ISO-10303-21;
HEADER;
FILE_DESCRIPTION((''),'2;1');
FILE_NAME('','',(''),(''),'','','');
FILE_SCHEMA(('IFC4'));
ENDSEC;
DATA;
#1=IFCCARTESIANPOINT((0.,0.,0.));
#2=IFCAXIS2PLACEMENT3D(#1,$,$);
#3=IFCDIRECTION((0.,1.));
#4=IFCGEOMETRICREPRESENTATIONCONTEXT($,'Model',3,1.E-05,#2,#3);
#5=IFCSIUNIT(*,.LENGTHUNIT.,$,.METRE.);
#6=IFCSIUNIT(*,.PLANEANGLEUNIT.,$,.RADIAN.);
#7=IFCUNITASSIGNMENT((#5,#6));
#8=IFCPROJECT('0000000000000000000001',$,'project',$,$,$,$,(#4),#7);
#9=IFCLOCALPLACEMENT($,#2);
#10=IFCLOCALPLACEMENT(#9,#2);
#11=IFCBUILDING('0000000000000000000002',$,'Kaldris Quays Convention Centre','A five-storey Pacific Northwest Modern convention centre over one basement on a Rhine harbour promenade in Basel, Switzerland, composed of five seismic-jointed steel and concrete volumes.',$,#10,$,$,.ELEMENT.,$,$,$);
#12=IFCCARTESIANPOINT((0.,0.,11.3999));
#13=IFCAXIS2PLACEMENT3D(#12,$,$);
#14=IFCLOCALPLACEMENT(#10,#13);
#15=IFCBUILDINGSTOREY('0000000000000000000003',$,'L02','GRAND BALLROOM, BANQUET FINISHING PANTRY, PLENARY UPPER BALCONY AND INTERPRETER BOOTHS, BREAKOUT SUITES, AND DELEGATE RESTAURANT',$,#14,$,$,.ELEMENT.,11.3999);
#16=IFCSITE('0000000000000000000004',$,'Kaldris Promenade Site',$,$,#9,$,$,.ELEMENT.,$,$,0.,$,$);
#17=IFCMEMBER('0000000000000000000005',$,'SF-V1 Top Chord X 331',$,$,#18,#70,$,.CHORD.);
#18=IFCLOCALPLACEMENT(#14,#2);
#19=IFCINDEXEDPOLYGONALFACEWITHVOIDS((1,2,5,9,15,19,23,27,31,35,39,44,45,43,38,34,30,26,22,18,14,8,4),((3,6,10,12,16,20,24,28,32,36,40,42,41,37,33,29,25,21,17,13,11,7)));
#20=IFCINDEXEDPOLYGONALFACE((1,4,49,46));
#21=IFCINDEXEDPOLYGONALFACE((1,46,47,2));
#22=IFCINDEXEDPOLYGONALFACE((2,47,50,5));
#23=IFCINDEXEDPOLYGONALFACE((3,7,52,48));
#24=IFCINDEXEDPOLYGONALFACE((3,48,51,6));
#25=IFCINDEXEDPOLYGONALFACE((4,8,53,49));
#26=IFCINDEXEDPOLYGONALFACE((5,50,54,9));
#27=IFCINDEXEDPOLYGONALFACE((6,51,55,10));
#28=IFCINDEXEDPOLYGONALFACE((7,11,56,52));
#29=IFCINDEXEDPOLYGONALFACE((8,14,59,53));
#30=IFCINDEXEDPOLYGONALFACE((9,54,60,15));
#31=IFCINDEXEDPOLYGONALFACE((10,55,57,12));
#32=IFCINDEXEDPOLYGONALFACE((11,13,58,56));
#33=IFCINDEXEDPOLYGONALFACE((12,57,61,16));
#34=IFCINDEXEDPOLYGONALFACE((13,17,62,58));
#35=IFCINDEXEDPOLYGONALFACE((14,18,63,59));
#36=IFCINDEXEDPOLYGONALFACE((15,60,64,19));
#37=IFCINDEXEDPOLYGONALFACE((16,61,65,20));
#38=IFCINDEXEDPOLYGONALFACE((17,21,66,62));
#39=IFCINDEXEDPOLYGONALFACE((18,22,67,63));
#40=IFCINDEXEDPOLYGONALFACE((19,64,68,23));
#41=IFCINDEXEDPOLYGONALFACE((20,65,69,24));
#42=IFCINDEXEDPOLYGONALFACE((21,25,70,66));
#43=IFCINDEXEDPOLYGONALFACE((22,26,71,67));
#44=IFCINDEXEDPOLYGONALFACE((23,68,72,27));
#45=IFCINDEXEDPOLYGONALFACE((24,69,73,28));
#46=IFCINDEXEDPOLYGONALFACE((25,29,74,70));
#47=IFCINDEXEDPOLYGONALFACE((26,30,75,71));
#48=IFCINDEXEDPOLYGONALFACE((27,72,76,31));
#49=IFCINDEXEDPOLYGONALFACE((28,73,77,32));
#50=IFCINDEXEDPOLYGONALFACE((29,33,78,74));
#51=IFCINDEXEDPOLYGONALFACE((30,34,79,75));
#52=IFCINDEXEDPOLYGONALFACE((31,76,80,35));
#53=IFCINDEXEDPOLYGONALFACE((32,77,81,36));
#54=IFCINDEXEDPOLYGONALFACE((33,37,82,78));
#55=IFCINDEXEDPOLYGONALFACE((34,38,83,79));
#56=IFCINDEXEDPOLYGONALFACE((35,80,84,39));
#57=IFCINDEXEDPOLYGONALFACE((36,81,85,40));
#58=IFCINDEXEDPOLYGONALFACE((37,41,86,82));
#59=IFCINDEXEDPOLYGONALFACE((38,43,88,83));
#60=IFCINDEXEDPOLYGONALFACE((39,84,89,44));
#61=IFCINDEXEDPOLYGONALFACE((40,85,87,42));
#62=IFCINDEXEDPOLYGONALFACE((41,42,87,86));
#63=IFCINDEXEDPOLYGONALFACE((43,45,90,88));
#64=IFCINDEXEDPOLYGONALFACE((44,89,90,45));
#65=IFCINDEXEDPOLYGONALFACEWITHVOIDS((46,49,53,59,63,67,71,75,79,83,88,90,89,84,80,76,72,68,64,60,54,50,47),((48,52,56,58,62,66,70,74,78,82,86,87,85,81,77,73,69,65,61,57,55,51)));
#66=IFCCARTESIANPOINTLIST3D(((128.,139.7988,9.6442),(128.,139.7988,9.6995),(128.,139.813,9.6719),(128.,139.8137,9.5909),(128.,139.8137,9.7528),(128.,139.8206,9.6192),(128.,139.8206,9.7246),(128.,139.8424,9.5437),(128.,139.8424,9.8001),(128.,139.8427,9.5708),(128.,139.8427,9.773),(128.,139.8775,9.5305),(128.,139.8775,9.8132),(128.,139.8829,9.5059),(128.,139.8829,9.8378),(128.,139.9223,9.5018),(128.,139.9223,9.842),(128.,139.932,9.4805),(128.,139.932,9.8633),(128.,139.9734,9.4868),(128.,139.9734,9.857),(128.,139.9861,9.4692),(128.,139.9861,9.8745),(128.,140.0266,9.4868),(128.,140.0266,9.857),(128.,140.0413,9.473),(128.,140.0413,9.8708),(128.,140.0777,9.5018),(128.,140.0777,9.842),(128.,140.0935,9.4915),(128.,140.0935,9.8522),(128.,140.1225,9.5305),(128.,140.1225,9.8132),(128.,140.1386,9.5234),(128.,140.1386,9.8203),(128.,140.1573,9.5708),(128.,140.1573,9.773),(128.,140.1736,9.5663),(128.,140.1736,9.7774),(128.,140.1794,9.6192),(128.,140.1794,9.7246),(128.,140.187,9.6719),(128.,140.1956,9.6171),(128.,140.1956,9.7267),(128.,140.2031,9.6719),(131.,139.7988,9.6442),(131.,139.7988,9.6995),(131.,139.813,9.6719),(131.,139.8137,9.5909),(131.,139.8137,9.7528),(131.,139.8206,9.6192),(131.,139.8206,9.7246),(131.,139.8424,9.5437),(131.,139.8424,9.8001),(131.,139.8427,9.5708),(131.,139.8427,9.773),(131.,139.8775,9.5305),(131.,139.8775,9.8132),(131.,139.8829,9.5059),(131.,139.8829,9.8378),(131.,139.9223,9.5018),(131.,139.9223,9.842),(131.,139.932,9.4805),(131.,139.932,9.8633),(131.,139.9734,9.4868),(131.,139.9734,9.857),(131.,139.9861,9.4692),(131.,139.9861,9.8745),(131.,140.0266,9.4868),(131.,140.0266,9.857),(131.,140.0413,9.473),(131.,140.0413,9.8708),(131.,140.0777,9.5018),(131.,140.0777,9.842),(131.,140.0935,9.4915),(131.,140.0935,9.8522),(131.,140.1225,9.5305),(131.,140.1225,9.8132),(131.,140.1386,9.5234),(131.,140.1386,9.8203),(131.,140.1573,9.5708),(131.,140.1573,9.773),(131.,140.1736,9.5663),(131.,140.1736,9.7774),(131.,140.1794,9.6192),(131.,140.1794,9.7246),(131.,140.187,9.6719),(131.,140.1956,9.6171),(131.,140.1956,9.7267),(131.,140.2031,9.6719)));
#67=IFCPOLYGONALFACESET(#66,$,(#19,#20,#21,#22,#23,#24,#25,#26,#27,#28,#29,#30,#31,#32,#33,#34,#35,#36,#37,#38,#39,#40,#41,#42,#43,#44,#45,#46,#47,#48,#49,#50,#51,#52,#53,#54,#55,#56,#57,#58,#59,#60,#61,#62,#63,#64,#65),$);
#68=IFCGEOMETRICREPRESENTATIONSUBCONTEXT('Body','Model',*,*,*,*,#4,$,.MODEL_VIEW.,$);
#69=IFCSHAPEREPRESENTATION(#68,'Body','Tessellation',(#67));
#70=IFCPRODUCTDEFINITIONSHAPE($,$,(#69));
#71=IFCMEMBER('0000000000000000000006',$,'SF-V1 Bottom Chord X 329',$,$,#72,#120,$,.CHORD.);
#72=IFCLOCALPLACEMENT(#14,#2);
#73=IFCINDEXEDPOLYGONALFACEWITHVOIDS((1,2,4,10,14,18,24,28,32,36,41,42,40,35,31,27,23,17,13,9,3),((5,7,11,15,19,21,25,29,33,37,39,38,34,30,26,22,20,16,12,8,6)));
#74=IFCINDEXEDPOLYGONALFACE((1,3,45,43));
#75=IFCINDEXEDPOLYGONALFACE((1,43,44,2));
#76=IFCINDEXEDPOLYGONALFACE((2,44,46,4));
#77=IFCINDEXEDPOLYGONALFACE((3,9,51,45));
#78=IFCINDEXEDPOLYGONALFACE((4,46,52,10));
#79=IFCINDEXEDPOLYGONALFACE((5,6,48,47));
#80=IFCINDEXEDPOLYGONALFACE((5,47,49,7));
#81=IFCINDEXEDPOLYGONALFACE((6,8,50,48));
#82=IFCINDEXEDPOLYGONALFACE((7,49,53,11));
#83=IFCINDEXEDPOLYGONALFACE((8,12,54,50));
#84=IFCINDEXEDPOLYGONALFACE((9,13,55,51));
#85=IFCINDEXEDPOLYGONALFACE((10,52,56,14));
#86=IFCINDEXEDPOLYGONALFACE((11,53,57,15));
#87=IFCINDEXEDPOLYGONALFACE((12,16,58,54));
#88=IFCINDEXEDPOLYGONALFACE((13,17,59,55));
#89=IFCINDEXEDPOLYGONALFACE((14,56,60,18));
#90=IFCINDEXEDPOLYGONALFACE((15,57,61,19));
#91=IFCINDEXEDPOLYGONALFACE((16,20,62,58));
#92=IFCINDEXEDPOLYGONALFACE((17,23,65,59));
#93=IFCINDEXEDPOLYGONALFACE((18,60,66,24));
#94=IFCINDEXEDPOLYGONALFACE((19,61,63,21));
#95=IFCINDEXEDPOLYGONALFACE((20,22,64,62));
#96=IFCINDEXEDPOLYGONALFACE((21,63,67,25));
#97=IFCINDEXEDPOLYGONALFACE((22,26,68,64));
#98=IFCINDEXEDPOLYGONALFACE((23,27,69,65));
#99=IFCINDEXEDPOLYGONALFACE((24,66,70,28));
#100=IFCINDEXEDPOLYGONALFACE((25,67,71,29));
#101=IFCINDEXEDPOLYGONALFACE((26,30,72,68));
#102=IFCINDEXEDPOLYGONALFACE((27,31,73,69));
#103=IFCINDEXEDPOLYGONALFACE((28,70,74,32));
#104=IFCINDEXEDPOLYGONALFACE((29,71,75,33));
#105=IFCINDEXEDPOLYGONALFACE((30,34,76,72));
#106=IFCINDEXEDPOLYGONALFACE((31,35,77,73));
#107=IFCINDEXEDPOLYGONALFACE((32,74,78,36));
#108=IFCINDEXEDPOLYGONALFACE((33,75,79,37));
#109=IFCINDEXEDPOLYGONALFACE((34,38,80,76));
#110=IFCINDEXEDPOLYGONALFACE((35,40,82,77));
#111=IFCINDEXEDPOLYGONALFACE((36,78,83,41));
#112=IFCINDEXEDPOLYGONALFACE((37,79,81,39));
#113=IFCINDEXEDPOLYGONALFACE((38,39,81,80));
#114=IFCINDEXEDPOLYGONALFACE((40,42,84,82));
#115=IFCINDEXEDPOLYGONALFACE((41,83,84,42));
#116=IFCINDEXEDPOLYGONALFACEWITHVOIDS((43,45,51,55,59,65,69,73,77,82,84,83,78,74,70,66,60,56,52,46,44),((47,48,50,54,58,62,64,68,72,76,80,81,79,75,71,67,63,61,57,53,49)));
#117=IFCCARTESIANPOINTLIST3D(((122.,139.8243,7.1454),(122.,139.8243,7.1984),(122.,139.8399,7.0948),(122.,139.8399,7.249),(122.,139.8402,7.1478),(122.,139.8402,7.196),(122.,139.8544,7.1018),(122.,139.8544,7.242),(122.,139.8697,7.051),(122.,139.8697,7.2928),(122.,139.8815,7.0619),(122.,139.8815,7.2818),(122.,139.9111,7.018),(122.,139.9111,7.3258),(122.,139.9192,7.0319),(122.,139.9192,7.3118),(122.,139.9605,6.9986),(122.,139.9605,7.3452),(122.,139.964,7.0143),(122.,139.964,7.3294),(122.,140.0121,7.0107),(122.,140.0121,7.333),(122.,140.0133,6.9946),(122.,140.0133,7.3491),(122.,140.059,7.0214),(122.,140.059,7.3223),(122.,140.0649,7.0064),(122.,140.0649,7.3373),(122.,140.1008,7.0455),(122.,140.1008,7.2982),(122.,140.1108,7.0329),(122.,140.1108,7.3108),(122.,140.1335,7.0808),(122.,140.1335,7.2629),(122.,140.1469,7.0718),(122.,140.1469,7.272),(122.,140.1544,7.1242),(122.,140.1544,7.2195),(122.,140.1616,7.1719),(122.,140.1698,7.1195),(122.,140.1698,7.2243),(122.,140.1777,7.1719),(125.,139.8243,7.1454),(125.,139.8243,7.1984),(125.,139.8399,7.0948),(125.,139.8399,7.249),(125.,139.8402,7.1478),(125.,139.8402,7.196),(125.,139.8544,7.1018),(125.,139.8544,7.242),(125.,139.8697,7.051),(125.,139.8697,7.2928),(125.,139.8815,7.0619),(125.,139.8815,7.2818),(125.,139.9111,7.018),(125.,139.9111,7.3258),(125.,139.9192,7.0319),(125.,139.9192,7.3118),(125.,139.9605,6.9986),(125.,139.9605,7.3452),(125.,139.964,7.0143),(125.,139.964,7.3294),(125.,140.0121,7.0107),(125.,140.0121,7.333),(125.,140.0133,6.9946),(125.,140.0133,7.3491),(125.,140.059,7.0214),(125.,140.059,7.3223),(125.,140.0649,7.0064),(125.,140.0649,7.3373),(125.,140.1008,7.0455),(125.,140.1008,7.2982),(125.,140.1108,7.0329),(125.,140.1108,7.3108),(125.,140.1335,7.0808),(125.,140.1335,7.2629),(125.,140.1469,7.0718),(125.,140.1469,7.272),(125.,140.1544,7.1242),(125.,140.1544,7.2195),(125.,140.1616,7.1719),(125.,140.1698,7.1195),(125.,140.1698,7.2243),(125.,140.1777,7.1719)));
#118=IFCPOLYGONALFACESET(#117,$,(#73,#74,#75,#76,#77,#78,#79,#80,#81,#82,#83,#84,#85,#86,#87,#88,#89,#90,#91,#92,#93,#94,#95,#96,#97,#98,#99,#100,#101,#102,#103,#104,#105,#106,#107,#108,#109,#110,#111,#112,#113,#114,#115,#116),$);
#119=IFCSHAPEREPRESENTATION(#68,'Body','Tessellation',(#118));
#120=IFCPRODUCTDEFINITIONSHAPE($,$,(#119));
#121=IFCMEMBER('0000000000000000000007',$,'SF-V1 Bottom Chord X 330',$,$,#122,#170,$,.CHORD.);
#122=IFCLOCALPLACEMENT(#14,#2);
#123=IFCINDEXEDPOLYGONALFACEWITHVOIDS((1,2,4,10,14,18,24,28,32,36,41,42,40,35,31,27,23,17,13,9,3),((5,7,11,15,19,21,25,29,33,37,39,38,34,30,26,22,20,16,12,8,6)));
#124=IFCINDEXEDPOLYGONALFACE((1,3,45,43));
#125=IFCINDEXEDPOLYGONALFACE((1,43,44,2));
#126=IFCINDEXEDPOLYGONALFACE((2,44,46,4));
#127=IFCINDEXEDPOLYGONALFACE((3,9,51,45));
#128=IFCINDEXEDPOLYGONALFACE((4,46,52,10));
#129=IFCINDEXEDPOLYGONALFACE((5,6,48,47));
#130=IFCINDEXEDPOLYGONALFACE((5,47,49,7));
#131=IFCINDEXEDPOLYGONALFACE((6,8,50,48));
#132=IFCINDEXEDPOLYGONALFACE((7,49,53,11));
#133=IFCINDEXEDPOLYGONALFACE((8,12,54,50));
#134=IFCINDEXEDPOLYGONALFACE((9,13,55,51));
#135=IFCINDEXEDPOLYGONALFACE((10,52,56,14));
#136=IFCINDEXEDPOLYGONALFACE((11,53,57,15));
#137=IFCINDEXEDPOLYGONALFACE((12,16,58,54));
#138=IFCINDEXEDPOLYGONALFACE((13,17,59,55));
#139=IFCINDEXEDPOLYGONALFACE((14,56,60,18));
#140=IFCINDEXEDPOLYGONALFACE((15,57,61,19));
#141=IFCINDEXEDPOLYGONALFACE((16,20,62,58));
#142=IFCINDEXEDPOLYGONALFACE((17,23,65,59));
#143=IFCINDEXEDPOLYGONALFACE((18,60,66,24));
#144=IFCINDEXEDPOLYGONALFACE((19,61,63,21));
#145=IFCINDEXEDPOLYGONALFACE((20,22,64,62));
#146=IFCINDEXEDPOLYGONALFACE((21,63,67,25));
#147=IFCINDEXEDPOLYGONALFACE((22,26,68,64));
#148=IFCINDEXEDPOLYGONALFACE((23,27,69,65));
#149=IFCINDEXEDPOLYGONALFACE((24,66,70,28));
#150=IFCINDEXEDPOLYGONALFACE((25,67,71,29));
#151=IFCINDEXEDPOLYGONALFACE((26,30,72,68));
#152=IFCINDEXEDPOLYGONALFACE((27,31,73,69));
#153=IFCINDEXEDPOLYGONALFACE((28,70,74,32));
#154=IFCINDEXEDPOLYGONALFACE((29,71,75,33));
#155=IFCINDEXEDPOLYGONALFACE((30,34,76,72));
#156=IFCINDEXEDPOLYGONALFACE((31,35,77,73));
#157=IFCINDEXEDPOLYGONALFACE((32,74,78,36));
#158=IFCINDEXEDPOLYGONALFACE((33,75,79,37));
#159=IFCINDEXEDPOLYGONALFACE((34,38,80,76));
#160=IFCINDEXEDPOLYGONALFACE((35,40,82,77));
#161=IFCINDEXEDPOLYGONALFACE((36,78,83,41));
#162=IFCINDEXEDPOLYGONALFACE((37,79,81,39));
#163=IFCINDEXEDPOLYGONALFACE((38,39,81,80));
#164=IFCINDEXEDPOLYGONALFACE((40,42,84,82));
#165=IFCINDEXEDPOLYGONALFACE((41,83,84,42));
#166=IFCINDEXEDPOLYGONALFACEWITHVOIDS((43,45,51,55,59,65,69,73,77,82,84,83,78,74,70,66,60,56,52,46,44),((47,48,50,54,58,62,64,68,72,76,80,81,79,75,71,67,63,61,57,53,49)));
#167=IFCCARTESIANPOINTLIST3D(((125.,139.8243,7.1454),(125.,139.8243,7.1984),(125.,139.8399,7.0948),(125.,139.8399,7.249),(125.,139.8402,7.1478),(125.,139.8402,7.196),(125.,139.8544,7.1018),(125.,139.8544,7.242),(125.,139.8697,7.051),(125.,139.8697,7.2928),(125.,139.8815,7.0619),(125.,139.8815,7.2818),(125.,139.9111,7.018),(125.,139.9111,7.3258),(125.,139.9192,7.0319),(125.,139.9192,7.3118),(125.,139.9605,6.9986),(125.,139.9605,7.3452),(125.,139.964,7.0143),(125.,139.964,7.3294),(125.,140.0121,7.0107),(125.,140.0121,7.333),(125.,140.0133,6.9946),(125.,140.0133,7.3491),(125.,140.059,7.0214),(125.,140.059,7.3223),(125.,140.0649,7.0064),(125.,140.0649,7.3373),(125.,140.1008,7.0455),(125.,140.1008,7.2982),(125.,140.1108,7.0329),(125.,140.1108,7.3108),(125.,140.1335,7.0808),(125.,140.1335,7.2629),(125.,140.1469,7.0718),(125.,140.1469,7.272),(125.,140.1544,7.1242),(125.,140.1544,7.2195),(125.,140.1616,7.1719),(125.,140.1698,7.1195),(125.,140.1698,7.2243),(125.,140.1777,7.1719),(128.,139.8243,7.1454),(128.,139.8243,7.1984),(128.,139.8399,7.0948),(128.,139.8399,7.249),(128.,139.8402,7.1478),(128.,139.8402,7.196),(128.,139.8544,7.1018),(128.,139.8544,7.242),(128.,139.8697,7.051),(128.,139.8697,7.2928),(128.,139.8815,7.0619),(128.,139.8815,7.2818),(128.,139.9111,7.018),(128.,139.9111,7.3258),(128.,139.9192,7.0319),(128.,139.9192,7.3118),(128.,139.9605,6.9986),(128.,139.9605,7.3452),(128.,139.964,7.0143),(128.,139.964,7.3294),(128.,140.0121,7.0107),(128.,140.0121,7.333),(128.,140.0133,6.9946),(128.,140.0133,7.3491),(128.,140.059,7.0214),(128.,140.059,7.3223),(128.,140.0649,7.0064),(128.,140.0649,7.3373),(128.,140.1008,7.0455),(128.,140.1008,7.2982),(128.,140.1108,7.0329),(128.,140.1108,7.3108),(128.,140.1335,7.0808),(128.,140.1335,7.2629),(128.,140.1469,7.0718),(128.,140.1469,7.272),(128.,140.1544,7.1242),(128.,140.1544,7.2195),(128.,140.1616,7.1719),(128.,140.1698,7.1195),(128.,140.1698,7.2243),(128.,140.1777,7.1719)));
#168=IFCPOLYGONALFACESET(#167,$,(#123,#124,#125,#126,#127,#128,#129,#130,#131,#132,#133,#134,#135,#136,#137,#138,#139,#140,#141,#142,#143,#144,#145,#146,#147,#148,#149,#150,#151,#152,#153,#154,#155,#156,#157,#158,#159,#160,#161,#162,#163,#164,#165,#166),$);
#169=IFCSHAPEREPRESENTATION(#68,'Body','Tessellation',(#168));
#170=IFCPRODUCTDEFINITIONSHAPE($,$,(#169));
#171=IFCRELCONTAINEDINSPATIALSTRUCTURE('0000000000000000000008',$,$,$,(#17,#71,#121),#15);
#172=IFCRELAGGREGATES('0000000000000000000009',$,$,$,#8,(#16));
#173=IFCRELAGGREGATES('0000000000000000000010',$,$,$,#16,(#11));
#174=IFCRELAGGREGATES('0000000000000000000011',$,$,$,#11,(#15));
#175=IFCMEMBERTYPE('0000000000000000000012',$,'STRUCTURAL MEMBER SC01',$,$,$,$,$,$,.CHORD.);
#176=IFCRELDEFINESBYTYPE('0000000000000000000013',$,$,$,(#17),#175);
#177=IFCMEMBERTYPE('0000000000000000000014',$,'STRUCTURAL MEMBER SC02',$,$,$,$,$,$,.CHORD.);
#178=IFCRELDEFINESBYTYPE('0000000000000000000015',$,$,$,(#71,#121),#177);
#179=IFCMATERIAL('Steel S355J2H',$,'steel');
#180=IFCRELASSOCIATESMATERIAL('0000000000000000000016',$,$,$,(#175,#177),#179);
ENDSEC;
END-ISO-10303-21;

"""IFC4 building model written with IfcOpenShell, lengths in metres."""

from ifc_helpers import new_model, si_unit, direction, frame, origin, origin_2d, place, context, subcontext, project, spatial, hollow_circle, extrude, material, material_profile, profile_set, type_object, element, save


model = new_model("IFC4")

# Units and contexts
model_context = context("Model", 3, precision=1e-05, world=origin(), true_north=direction((0.0, 1.0)))
body_context = subcontext(model_context, "Body", "Model", "MODEL_VIEW")
ifc_project = project(units=[si_unit("LENGTHUNIT", "METRE"), si_unit("PLANEANGLEUNIT", "RADIAN")], contexts=[model_context])

# Site, building, storey
site_placement = place(None, origin())
site = spatial("IfcSite", under=ifc_project, at=site_placement, Name="Kaldris Promenade Site", CompositionType="ELEMENT", RefElevation=0.0)
building_placement = place(site_placement, origin())
building = spatial("IfcBuilding", under=site, at=building_placement, Name="Kaldris Quays Convention Centre", Description="A five-storey Pacific Northwest Modern convention centre over one basement on a Rhine harbour promenade in Basel, Switzerland, composed of five seismic-jointed steel and concrete volumes.", CompositionType="ELEMENT")
storey_placement = place(building_placement, frame((0.0, 0.0, 11.3999)))
storey = spatial("IfcBuildingStorey", under=building, at=storey_placement, Name="L02", Description="GRAND BALLROOM, BANQUET FINISHING PANTRY, PLENARY UPPER BALCONY AND INTERPRETER BOOTHS, BREAKOUT SUITES, AND DELEGATE RESTAURANT", CompositionType="ELEMENT", Elevation=11.3999)

# Members
ifc_material_1 = material(Name="Steel S355J2H", Category="steel")
ifc_material_profile_1 = material_profile(ifc_material_1, hollow_circle(Radius=0.2031, WallThickness=0.0161, at=origin_2d()), Name="CHS 406.4x16")
ifc_profile_set_1 = profile_set([ifc_material_profile_1], Name="Steel S355J2H")
member_type_1 = type_object("IfcMemberType", Name="STRUCTURAL MEMBER SC01", PredefinedType="CHORD", material=ifc_profile_set_1)
for number, where, z_axis, x_axis, name in (
    (1, (128.0, 140.0, 9.6719), (1.0, 0.0, 0.0), (0.0, 1.0, 0.0), "SF-V1 Top Chord X 331"),
):
    element("IfcMember", number, at=place(storey_placement, frame(where, z_axis=z_axis, x_axis=x_axis)), inside=storey, type_object=member_type_1, Name=name, PredefinedType="CHORD", context=body_context, shape_type="SweptSolid", body=[
        extrude(hollow_circle(Radius=0.2031, WallThickness=0.0161, at=origin_2d()), origin(), (0.0, 0.0, 1.0), 3.0),
    ])
ifc_material_profile_2 = material_profile(ifc_material_1, hollow_circle(Radius=0.1777, WallThickness=0.0161, at=origin_2d()), Name="CHS 355.6x16")
ifc_profile_set_2 = profile_set([ifc_material_profile_2], Name="Steel S355J2H")
member_type_2 = type_object("IfcMemberType", Name="STRUCTURAL MEMBER SC02", PredefinedType="CHORD", material=ifc_profile_set_2)
for number, where, z_axis, x_axis, name in (
    (2, (122.0, 140.0, 7.1719), (1.0, 0.0, 0.0), (0.0, 1.0, 0.0), "SF-V1 Bottom Chord X 329"),
    (3, (125.0, 140.0, 7.1719), (1.0, 0.0, 0.0), (0.0, 1.0, 0.0), "SF-V1 Bottom Chord X 330"),
):
    element("IfcMember", number, at=place(storey_placement, frame(where, z_axis=z_axis, x_axis=x_axis)), inside=storey, type_object=member_type_2, Name=name, PredefinedType="CHORD", context=body_context, shape_type="SweptSolid", body=[
        extrude(hollow_circle(Radius=0.1777, WallThickness=0.0161, at=origin_2d()), origin(), (0.0, 0.0, 1.0), 3.0),
    ])

save(model, "model.ifc")
